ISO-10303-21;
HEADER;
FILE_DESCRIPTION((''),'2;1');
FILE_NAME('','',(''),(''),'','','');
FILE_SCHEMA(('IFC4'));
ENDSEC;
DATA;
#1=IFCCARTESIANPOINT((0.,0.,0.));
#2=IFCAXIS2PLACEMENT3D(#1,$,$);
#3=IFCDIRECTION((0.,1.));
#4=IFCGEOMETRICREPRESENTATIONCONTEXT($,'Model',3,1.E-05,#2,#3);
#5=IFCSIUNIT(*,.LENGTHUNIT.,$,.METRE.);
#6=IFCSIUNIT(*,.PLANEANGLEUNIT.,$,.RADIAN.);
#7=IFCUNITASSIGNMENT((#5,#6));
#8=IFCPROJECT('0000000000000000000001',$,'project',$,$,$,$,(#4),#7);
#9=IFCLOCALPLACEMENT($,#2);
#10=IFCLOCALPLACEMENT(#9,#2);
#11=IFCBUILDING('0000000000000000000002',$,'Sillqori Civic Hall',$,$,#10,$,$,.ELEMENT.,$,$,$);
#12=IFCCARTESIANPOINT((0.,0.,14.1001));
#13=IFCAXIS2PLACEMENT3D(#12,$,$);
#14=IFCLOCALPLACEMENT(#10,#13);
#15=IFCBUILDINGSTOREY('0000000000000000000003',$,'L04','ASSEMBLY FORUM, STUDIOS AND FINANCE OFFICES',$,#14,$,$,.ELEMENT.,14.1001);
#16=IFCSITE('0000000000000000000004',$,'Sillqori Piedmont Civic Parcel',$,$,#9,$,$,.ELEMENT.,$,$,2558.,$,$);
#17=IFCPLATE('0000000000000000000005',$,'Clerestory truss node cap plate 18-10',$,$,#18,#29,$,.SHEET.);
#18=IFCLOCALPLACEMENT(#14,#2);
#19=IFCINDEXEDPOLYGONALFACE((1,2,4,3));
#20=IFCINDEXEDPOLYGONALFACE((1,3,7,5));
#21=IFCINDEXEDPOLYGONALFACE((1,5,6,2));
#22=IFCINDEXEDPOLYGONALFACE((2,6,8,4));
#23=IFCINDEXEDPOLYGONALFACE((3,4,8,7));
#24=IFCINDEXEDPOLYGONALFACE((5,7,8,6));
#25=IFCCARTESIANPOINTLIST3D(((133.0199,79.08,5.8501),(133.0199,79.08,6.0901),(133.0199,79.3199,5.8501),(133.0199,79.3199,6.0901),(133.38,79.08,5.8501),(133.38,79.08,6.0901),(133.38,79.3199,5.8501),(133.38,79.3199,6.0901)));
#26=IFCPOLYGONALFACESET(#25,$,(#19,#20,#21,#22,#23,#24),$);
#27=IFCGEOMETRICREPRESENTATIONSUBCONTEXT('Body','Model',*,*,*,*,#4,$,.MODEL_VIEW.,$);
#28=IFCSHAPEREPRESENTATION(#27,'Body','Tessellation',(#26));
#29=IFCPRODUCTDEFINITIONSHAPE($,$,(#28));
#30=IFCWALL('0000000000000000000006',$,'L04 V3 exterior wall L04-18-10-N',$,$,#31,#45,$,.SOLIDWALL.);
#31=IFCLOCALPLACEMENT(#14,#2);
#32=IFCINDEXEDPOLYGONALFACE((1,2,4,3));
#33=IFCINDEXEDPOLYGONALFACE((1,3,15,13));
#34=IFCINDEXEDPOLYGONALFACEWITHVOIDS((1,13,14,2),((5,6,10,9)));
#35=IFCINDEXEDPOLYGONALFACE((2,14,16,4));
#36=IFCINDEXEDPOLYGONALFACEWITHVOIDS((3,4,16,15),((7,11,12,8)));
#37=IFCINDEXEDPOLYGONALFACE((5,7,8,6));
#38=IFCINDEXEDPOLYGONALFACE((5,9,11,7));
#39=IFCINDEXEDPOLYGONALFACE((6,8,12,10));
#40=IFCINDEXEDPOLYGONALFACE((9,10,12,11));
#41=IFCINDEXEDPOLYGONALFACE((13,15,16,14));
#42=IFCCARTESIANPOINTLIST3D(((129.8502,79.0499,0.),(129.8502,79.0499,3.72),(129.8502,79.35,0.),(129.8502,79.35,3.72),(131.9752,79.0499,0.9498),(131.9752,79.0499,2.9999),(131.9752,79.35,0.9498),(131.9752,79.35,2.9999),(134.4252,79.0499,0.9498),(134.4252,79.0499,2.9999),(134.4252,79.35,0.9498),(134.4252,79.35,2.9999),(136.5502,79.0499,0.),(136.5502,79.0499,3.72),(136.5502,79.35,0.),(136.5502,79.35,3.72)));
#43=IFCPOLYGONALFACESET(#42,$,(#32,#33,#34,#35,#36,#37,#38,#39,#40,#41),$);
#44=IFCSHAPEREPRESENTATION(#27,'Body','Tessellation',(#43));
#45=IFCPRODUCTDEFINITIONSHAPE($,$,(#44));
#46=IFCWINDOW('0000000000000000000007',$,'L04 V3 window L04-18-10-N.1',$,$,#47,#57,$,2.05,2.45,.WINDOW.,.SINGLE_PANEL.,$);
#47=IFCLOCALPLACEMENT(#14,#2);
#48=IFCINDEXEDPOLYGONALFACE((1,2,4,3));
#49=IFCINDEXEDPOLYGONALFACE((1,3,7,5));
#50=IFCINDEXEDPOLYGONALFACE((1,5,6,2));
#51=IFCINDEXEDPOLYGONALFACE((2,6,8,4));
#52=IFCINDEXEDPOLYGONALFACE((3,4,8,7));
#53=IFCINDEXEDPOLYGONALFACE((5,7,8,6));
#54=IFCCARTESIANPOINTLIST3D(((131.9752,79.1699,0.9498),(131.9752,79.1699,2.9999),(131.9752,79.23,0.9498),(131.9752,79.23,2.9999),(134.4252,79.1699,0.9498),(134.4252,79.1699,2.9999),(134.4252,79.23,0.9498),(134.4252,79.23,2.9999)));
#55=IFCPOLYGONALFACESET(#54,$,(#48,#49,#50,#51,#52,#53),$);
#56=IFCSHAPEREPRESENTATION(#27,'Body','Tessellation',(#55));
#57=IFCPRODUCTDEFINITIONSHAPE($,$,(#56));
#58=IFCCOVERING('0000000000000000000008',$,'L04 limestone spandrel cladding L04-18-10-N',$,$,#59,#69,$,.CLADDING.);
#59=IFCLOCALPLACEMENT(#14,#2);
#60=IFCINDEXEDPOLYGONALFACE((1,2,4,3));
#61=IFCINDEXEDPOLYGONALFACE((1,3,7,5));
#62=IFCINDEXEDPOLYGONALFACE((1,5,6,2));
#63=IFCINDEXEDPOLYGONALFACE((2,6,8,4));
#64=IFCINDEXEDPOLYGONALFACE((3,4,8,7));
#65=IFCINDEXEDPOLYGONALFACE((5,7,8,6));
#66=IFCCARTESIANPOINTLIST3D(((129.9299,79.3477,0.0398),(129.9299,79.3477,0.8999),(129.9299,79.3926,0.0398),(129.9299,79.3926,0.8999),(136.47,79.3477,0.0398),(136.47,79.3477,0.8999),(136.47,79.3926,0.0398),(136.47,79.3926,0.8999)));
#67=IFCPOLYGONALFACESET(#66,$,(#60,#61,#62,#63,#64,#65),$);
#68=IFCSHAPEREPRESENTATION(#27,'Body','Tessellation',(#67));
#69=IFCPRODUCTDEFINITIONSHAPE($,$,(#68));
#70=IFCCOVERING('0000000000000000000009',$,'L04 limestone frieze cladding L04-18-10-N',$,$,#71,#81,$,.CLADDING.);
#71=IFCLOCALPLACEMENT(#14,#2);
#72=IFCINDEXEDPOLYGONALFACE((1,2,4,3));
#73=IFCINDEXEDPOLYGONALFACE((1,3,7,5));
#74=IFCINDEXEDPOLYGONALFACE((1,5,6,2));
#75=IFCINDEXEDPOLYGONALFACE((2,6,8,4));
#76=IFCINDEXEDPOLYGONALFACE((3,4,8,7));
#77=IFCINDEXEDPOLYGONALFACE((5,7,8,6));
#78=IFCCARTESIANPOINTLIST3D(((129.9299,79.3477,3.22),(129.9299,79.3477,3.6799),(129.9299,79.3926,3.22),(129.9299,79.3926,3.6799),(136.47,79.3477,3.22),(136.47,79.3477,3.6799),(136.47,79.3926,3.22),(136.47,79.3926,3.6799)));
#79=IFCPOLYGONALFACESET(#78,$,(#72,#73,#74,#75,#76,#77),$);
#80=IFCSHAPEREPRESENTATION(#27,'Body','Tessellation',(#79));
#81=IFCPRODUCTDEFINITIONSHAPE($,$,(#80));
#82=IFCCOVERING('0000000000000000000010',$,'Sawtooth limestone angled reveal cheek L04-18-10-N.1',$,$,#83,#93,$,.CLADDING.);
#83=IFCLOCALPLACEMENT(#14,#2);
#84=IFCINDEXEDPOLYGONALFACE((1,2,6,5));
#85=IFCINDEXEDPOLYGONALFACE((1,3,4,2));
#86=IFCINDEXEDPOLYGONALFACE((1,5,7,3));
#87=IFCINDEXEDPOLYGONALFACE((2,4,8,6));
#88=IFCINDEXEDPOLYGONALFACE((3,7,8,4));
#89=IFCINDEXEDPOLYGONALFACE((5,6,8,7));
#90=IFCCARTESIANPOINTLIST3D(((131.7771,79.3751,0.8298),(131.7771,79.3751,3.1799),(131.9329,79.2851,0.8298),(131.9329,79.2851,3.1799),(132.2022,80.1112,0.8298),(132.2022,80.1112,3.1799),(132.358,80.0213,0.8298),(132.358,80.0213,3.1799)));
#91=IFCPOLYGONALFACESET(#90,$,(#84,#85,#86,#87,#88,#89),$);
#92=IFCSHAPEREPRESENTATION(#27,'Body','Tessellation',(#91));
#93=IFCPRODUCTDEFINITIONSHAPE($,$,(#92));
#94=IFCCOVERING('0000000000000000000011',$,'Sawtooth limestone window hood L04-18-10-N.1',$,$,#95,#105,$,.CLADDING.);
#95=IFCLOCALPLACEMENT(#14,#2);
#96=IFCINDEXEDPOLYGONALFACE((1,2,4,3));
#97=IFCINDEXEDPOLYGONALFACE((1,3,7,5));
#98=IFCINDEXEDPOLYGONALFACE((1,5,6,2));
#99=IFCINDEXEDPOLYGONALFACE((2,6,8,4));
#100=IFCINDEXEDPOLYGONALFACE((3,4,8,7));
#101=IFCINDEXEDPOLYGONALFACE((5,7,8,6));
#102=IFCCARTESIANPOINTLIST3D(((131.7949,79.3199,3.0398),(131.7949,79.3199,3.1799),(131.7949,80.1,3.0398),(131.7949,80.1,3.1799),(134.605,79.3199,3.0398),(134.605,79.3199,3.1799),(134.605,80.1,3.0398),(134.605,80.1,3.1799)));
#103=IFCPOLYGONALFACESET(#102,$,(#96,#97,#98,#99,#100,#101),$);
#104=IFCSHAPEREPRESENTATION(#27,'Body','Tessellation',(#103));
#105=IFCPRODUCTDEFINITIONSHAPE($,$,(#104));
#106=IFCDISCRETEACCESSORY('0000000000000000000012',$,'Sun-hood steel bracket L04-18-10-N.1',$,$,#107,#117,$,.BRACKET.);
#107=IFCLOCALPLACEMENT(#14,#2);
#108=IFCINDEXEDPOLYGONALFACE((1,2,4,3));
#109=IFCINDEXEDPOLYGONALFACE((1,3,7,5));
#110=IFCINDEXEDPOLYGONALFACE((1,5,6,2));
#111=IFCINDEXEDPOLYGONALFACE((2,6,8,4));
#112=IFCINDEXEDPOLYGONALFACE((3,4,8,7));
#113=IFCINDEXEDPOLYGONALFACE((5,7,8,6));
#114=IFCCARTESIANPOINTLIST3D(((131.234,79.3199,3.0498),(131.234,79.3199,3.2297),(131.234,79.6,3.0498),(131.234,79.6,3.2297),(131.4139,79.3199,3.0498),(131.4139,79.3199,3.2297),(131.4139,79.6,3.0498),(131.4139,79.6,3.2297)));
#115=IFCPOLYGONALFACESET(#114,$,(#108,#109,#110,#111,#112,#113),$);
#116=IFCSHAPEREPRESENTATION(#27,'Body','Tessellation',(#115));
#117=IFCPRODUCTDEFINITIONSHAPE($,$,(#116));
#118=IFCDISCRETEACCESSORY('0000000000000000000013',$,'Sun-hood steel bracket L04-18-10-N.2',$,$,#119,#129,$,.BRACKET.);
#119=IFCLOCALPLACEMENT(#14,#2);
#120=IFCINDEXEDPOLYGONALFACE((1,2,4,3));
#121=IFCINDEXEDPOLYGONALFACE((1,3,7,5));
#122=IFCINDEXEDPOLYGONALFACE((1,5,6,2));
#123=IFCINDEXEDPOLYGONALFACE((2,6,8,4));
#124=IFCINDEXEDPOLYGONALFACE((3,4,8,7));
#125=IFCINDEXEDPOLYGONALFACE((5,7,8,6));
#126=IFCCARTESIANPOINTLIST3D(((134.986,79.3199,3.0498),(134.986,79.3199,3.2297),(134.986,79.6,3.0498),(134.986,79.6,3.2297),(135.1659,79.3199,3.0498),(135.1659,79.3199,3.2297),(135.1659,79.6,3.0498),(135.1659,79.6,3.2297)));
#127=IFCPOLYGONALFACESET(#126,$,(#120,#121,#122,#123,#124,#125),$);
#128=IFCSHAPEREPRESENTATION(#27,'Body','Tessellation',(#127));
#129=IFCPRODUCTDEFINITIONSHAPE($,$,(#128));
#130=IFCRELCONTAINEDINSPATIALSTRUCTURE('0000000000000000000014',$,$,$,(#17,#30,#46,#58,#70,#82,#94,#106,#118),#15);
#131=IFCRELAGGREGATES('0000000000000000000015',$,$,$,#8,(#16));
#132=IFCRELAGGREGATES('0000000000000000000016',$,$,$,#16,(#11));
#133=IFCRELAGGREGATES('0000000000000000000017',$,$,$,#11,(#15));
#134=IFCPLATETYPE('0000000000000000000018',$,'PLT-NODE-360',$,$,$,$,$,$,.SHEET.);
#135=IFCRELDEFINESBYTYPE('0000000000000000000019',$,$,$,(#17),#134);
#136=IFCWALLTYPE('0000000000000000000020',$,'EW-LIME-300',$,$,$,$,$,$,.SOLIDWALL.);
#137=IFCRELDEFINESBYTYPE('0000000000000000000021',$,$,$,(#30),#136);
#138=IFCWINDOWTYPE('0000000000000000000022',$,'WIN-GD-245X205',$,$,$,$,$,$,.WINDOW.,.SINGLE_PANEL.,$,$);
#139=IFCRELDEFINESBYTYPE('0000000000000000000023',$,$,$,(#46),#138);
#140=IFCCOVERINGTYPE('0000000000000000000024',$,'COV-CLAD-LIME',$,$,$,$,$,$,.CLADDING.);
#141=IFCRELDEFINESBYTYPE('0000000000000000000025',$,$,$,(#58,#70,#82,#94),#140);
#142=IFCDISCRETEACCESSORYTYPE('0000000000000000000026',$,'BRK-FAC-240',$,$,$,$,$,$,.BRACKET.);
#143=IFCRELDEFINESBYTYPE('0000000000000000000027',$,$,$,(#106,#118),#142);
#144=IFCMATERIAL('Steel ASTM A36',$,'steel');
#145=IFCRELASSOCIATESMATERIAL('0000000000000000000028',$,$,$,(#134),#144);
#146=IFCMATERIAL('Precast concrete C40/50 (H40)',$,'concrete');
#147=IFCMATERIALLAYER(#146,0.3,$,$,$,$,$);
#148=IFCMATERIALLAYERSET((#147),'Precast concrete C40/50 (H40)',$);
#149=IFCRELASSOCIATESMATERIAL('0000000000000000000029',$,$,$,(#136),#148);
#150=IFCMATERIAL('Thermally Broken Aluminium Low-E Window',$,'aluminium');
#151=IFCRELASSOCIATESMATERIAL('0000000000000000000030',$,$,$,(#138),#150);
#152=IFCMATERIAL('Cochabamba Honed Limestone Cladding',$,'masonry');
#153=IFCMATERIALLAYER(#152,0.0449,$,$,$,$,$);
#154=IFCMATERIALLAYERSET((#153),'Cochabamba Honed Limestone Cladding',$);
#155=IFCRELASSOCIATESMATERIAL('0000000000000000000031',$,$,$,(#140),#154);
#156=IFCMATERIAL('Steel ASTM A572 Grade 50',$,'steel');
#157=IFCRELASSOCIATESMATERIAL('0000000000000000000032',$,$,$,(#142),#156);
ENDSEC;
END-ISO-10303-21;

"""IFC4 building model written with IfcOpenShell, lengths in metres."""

from ifc_helpers import new_model, si_unit, direction, frame, frame_2d, origin, origin_2d, place, context, subcontext, project, spatial, rectangle, extrude, material, layer, layer_set, type_object, element, fill, save


model = new_model("IFC4")

# Units and contexts
model_context = context("Model", 3, precision=1e-05, world=origin(), true_north=direction((0.0, 1.0)))
body_context = subcontext(model_context, "Body", "Model", "MODEL_VIEW")
ifc_project = project(units=[si_unit("LENGTHUNIT", "METRE"), si_unit("PLANEANGLEUNIT", "RADIAN")], contexts=[model_context])

# Site, building, storey
site_placement = place(None, origin())
site = spatial("IfcSite", under=ifc_project, at=site_placement, Name="Sillqori Piedmont Civic Parcel", CompositionType="ELEMENT", RefElevation=2558.0)
building_placement = place(site_placement, origin())
building = spatial("IfcBuilding", under=site, at=building_placement, Name="Sillqori Civic Hall", CompositionType="ELEMENT")
storey_placement = place(building_placement, frame((0.0, 0.0, 14.1001)))
storey = spatial("IfcBuildingStorey", under=building, at=storey_placement, Name="L04", Description="ASSEMBLY FORUM, STUDIOS AND FINANCE OFFICES", CompositionType="ELEMENT", Elevation=14.1001)

# Plate
ifc_material_1 = material(Name="Steel ASTM A36", Category="steel")
plate_type_1 = type_object("IfcPlateType", Name="PLT-NODE-360", PredefinedType="SHEET", material=ifc_material_1)
plate_1_placement = place(storey_placement, frame((133.2, 79.2, 5.8501), z_axis=(0.0, 0.0, 1.0), x_axis=(1.0, 0.0, 0.0)))
element("IfcPlate", 1, at=plate_1_placement, inside=storey, type_object=plate_type_1, Name="Clerestory truss node cap plate 18-10", PredefinedType="SHEET", context=body_context, shape_type="SweptSolid", body=[
    extrude(rectangle(XDim=0.3601, YDim=0.24, at=origin_2d()), origin(), (0.0, 0.0, 1.0), 0.24),
])

# Wall, opening, window
ifc_material_2 = material(Name="Precast concrete C40/50 (H40)", Category="concrete")
ifc_layer_1 = layer(ifc_material_2, 0.3)
ifc_layer_set_1 = layer_set([ifc_layer_1], Name="Precast concrete C40/50 (H40)")
wall_type = type_object("IfcWallType", Name="EW-LIME-300", PredefinedType="SOLIDWALL", material=ifc_layer_set_1)
wall_placement = place(storey_placement, frame((129.8501, 79.2, 0.0), z_axis=(0.0, 0.0, 1.0), x_axis=(1.0, 0.0, 0.0)))
wall = element("IfcWall", 2, at=wall_placement, inside=storey, type_object=wall_type, Name="L04 V3 exterior wall L04-18-10-N", PredefinedType="SOLIDWALL", context=body_context, shape_type="SweptSolid", body=[
    extrude(rectangle(XDim=6.7, YDim=0.3, at=frame_2d((3.3501, 0.0))), origin(), (0.0, 0.0, 1.0), 3.72),
])
opening_placement = place(wall_placement, frame((2.125, 0.0, 0.95)))
opening = element("IfcOpeningElement", 3, at=opening_placement, cuts=wall, PredefinedType="OPENING", context=body_context, shape_type="SweptSolid", body=[
    extrude(rectangle(XDim=2.45, YDim=2.05, at=frame_2d((1.2251, 1.0249))), frame((0.0, 0.1599, 0.0), z_axis=(0.0, -1.0, 0.0), x_axis=(1.0, 0.0, 0.0)), (0.0, 0.0, 1.0), 0.3201),
])
ifc_material_3 = material(Name="Thermally Broken Aluminium Low-E Window", Category="aluminium")
window_type = type_object("IfcWindowType", Name="WIN-GD-245X205", PartitioningType="SINGLE_PANEL", PredefinedType="WINDOW", material=ifc_material_3)
window_placement = place(opening_placement, origin())
window = element("IfcWindow", 4, at=window_placement, inside=storey, type_object=window_type, Name="L04 V3 window L04-18-10-N.1", OverallHeight=2.05, OverallWidth=2.45, PartitioningType="SINGLE_PANEL", PredefinedType="WINDOW", context=body_context, shape_type="SweptSolid", body=[
    extrude(rectangle(XDim=2.45, YDim=2.05, at=frame_2d((1.2251, 1.0249))), frame((0.0, 0.03, 0.0), z_axis=(0.0, -1.0, 0.0), x_axis=(1.0, 0.0, 0.0)), (0.0, 0.0, 1.0), 0.0601),
])
fill(opening, window)

# Coverings
ifc_material_4 = material(Name="Cochabamba Honed Limestone Cladding", Category="masonry")
ifc_layer_2 = layer(ifc_material_4, 0.0449)
ifc_layer_set_2 = layer_set([ifc_layer_2], Name="Cochabamba Honed Limestone Cladding")
covering_type = type_object("IfcCoveringType", Name="COV-CLAD-LIME", PredefinedType="CLADDING", material=ifc_layer_set_2)
covering_1_placement = place(storey_placement, frame((129.9299, 79.3701, 0.0398), z_axis=(0.0, 0.0, 1.0), x_axis=(1.0, 0.0, 0.0)))
element("IfcCovering", 5, at=covering_1_placement, inside=storey, type_object=covering_type, Name="L04 limestone spandrel cladding L04-18-10-N", PredefinedType="CLADDING", context=body_context, shape_type="SweptSolid", body=[
    extrude(rectangle(XDim=6.54, YDim=0.0449, at=frame_2d((3.27, 0.0))), origin(), (0.0, 0.0, 1.0), 0.8601),
])
covering_2_placement = place(storey_placement, frame((129.9299, 79.3701, 3.22), z_axis=(0.0, 0.0, 1.0), x_axis=(1.0, 0.0, 0.0)))
element("IfcCovering", 6, at=covering_2_placement, inside=storey, type_object=covering_type, Name="L04 limestone frieze cladding L04-18-10-N", PredefinedType="CLADDING", context=body_context, shape_type="SweptSolid", body=[
    extrude(rectangle(XDim=6.54, YDim=0.0449, at=frame_2d((3.27, 0.0))), origin(), (0.0, 0.0, 1.0), 0.46),
])
covering_3_placement = place(storey_placement, frame((131.855, 79.3301, 0.8298), z_axis=(0.0, 0.0, 1.0), x_axis=(0.500062, 0.865989, 0.0)))
element("IfcCovering", 7, at=covering_3_placement, inside=storey, type_object=covering_type, Name="Sawtooth limestone angled reveal cheek L04-18-10-N.1", PredefinedType="CLADDING", context=body_context, shape_type="SweptSolid", body=[
    extrude(rectangle(XDim=0.8501, YDim=0.1799, at=frame_2d((0.425, 0.0))), origin(), (0.0, 0.0, 1.0), 2.3501),
])
covering_4_placement = place(storey_placement, frame((131.7949, 79.71, 3.0398), z_axis=(0.0, 0.0, 1.0), x_axis=(1.0, 0.0, 0.0)))
element("IfcCovering", 8, at=covering_4_placement, inside=storey, type_object=covering_type, Name="Sawtooth limestone window hood L04-18-10-N.1", PredefinedType="CLADDING", context=body_context, shape_type="SweptSolid", body=[
    extrude(rectangle(XDim=2.8101, YDim=0.78, at=frame_2d((1.405, 0.0))), origin(), (0.0, 0.0, 1.0), 0.1401),
])

# Discrete accessories
ifc_material_5 = material(Name="Steel ASTM A572 Grade 50", Category="steel")
discrete_accessory_type = type_object("IfcDiscreteAccessoryType", Name="BRK-FAC-240", PredefinedType="BRACKET", material=ifc_material_5)
for number, where, z_axis, x_axis, name in (
    (9, (131.324, 79.46, 3.0498), (0.0, 0.0, 1.0), (1.0, 0.0, 0.0), "Sun-hood steel bracket L04-18-10-N.1"),
    (10, (135.0759, 79.46, 3.0498), (0.0, 0.0, 1.0), (1.0, 0.0, 0.0), "Sun-hood steel bracket L04-18-10-N.2"),
):
    element("IfcDiscreteAccessory", number, at=place(storey_placement, frame(where, z_axis=z_axis, x_axis=x_axis)), inside=storey, type_object=discrete_accessory_type, Name=name, PredefinedType="BRACKET", context=body_context, shape_type="SweptSolid", body=[
        extrude(rectangle(XDim=0.1799, YDim=0.28, at=origin_2d()), origin(), (0.0, 0.0, 1.0), 0.1799),
    ])

save(model, "model.ifc")
